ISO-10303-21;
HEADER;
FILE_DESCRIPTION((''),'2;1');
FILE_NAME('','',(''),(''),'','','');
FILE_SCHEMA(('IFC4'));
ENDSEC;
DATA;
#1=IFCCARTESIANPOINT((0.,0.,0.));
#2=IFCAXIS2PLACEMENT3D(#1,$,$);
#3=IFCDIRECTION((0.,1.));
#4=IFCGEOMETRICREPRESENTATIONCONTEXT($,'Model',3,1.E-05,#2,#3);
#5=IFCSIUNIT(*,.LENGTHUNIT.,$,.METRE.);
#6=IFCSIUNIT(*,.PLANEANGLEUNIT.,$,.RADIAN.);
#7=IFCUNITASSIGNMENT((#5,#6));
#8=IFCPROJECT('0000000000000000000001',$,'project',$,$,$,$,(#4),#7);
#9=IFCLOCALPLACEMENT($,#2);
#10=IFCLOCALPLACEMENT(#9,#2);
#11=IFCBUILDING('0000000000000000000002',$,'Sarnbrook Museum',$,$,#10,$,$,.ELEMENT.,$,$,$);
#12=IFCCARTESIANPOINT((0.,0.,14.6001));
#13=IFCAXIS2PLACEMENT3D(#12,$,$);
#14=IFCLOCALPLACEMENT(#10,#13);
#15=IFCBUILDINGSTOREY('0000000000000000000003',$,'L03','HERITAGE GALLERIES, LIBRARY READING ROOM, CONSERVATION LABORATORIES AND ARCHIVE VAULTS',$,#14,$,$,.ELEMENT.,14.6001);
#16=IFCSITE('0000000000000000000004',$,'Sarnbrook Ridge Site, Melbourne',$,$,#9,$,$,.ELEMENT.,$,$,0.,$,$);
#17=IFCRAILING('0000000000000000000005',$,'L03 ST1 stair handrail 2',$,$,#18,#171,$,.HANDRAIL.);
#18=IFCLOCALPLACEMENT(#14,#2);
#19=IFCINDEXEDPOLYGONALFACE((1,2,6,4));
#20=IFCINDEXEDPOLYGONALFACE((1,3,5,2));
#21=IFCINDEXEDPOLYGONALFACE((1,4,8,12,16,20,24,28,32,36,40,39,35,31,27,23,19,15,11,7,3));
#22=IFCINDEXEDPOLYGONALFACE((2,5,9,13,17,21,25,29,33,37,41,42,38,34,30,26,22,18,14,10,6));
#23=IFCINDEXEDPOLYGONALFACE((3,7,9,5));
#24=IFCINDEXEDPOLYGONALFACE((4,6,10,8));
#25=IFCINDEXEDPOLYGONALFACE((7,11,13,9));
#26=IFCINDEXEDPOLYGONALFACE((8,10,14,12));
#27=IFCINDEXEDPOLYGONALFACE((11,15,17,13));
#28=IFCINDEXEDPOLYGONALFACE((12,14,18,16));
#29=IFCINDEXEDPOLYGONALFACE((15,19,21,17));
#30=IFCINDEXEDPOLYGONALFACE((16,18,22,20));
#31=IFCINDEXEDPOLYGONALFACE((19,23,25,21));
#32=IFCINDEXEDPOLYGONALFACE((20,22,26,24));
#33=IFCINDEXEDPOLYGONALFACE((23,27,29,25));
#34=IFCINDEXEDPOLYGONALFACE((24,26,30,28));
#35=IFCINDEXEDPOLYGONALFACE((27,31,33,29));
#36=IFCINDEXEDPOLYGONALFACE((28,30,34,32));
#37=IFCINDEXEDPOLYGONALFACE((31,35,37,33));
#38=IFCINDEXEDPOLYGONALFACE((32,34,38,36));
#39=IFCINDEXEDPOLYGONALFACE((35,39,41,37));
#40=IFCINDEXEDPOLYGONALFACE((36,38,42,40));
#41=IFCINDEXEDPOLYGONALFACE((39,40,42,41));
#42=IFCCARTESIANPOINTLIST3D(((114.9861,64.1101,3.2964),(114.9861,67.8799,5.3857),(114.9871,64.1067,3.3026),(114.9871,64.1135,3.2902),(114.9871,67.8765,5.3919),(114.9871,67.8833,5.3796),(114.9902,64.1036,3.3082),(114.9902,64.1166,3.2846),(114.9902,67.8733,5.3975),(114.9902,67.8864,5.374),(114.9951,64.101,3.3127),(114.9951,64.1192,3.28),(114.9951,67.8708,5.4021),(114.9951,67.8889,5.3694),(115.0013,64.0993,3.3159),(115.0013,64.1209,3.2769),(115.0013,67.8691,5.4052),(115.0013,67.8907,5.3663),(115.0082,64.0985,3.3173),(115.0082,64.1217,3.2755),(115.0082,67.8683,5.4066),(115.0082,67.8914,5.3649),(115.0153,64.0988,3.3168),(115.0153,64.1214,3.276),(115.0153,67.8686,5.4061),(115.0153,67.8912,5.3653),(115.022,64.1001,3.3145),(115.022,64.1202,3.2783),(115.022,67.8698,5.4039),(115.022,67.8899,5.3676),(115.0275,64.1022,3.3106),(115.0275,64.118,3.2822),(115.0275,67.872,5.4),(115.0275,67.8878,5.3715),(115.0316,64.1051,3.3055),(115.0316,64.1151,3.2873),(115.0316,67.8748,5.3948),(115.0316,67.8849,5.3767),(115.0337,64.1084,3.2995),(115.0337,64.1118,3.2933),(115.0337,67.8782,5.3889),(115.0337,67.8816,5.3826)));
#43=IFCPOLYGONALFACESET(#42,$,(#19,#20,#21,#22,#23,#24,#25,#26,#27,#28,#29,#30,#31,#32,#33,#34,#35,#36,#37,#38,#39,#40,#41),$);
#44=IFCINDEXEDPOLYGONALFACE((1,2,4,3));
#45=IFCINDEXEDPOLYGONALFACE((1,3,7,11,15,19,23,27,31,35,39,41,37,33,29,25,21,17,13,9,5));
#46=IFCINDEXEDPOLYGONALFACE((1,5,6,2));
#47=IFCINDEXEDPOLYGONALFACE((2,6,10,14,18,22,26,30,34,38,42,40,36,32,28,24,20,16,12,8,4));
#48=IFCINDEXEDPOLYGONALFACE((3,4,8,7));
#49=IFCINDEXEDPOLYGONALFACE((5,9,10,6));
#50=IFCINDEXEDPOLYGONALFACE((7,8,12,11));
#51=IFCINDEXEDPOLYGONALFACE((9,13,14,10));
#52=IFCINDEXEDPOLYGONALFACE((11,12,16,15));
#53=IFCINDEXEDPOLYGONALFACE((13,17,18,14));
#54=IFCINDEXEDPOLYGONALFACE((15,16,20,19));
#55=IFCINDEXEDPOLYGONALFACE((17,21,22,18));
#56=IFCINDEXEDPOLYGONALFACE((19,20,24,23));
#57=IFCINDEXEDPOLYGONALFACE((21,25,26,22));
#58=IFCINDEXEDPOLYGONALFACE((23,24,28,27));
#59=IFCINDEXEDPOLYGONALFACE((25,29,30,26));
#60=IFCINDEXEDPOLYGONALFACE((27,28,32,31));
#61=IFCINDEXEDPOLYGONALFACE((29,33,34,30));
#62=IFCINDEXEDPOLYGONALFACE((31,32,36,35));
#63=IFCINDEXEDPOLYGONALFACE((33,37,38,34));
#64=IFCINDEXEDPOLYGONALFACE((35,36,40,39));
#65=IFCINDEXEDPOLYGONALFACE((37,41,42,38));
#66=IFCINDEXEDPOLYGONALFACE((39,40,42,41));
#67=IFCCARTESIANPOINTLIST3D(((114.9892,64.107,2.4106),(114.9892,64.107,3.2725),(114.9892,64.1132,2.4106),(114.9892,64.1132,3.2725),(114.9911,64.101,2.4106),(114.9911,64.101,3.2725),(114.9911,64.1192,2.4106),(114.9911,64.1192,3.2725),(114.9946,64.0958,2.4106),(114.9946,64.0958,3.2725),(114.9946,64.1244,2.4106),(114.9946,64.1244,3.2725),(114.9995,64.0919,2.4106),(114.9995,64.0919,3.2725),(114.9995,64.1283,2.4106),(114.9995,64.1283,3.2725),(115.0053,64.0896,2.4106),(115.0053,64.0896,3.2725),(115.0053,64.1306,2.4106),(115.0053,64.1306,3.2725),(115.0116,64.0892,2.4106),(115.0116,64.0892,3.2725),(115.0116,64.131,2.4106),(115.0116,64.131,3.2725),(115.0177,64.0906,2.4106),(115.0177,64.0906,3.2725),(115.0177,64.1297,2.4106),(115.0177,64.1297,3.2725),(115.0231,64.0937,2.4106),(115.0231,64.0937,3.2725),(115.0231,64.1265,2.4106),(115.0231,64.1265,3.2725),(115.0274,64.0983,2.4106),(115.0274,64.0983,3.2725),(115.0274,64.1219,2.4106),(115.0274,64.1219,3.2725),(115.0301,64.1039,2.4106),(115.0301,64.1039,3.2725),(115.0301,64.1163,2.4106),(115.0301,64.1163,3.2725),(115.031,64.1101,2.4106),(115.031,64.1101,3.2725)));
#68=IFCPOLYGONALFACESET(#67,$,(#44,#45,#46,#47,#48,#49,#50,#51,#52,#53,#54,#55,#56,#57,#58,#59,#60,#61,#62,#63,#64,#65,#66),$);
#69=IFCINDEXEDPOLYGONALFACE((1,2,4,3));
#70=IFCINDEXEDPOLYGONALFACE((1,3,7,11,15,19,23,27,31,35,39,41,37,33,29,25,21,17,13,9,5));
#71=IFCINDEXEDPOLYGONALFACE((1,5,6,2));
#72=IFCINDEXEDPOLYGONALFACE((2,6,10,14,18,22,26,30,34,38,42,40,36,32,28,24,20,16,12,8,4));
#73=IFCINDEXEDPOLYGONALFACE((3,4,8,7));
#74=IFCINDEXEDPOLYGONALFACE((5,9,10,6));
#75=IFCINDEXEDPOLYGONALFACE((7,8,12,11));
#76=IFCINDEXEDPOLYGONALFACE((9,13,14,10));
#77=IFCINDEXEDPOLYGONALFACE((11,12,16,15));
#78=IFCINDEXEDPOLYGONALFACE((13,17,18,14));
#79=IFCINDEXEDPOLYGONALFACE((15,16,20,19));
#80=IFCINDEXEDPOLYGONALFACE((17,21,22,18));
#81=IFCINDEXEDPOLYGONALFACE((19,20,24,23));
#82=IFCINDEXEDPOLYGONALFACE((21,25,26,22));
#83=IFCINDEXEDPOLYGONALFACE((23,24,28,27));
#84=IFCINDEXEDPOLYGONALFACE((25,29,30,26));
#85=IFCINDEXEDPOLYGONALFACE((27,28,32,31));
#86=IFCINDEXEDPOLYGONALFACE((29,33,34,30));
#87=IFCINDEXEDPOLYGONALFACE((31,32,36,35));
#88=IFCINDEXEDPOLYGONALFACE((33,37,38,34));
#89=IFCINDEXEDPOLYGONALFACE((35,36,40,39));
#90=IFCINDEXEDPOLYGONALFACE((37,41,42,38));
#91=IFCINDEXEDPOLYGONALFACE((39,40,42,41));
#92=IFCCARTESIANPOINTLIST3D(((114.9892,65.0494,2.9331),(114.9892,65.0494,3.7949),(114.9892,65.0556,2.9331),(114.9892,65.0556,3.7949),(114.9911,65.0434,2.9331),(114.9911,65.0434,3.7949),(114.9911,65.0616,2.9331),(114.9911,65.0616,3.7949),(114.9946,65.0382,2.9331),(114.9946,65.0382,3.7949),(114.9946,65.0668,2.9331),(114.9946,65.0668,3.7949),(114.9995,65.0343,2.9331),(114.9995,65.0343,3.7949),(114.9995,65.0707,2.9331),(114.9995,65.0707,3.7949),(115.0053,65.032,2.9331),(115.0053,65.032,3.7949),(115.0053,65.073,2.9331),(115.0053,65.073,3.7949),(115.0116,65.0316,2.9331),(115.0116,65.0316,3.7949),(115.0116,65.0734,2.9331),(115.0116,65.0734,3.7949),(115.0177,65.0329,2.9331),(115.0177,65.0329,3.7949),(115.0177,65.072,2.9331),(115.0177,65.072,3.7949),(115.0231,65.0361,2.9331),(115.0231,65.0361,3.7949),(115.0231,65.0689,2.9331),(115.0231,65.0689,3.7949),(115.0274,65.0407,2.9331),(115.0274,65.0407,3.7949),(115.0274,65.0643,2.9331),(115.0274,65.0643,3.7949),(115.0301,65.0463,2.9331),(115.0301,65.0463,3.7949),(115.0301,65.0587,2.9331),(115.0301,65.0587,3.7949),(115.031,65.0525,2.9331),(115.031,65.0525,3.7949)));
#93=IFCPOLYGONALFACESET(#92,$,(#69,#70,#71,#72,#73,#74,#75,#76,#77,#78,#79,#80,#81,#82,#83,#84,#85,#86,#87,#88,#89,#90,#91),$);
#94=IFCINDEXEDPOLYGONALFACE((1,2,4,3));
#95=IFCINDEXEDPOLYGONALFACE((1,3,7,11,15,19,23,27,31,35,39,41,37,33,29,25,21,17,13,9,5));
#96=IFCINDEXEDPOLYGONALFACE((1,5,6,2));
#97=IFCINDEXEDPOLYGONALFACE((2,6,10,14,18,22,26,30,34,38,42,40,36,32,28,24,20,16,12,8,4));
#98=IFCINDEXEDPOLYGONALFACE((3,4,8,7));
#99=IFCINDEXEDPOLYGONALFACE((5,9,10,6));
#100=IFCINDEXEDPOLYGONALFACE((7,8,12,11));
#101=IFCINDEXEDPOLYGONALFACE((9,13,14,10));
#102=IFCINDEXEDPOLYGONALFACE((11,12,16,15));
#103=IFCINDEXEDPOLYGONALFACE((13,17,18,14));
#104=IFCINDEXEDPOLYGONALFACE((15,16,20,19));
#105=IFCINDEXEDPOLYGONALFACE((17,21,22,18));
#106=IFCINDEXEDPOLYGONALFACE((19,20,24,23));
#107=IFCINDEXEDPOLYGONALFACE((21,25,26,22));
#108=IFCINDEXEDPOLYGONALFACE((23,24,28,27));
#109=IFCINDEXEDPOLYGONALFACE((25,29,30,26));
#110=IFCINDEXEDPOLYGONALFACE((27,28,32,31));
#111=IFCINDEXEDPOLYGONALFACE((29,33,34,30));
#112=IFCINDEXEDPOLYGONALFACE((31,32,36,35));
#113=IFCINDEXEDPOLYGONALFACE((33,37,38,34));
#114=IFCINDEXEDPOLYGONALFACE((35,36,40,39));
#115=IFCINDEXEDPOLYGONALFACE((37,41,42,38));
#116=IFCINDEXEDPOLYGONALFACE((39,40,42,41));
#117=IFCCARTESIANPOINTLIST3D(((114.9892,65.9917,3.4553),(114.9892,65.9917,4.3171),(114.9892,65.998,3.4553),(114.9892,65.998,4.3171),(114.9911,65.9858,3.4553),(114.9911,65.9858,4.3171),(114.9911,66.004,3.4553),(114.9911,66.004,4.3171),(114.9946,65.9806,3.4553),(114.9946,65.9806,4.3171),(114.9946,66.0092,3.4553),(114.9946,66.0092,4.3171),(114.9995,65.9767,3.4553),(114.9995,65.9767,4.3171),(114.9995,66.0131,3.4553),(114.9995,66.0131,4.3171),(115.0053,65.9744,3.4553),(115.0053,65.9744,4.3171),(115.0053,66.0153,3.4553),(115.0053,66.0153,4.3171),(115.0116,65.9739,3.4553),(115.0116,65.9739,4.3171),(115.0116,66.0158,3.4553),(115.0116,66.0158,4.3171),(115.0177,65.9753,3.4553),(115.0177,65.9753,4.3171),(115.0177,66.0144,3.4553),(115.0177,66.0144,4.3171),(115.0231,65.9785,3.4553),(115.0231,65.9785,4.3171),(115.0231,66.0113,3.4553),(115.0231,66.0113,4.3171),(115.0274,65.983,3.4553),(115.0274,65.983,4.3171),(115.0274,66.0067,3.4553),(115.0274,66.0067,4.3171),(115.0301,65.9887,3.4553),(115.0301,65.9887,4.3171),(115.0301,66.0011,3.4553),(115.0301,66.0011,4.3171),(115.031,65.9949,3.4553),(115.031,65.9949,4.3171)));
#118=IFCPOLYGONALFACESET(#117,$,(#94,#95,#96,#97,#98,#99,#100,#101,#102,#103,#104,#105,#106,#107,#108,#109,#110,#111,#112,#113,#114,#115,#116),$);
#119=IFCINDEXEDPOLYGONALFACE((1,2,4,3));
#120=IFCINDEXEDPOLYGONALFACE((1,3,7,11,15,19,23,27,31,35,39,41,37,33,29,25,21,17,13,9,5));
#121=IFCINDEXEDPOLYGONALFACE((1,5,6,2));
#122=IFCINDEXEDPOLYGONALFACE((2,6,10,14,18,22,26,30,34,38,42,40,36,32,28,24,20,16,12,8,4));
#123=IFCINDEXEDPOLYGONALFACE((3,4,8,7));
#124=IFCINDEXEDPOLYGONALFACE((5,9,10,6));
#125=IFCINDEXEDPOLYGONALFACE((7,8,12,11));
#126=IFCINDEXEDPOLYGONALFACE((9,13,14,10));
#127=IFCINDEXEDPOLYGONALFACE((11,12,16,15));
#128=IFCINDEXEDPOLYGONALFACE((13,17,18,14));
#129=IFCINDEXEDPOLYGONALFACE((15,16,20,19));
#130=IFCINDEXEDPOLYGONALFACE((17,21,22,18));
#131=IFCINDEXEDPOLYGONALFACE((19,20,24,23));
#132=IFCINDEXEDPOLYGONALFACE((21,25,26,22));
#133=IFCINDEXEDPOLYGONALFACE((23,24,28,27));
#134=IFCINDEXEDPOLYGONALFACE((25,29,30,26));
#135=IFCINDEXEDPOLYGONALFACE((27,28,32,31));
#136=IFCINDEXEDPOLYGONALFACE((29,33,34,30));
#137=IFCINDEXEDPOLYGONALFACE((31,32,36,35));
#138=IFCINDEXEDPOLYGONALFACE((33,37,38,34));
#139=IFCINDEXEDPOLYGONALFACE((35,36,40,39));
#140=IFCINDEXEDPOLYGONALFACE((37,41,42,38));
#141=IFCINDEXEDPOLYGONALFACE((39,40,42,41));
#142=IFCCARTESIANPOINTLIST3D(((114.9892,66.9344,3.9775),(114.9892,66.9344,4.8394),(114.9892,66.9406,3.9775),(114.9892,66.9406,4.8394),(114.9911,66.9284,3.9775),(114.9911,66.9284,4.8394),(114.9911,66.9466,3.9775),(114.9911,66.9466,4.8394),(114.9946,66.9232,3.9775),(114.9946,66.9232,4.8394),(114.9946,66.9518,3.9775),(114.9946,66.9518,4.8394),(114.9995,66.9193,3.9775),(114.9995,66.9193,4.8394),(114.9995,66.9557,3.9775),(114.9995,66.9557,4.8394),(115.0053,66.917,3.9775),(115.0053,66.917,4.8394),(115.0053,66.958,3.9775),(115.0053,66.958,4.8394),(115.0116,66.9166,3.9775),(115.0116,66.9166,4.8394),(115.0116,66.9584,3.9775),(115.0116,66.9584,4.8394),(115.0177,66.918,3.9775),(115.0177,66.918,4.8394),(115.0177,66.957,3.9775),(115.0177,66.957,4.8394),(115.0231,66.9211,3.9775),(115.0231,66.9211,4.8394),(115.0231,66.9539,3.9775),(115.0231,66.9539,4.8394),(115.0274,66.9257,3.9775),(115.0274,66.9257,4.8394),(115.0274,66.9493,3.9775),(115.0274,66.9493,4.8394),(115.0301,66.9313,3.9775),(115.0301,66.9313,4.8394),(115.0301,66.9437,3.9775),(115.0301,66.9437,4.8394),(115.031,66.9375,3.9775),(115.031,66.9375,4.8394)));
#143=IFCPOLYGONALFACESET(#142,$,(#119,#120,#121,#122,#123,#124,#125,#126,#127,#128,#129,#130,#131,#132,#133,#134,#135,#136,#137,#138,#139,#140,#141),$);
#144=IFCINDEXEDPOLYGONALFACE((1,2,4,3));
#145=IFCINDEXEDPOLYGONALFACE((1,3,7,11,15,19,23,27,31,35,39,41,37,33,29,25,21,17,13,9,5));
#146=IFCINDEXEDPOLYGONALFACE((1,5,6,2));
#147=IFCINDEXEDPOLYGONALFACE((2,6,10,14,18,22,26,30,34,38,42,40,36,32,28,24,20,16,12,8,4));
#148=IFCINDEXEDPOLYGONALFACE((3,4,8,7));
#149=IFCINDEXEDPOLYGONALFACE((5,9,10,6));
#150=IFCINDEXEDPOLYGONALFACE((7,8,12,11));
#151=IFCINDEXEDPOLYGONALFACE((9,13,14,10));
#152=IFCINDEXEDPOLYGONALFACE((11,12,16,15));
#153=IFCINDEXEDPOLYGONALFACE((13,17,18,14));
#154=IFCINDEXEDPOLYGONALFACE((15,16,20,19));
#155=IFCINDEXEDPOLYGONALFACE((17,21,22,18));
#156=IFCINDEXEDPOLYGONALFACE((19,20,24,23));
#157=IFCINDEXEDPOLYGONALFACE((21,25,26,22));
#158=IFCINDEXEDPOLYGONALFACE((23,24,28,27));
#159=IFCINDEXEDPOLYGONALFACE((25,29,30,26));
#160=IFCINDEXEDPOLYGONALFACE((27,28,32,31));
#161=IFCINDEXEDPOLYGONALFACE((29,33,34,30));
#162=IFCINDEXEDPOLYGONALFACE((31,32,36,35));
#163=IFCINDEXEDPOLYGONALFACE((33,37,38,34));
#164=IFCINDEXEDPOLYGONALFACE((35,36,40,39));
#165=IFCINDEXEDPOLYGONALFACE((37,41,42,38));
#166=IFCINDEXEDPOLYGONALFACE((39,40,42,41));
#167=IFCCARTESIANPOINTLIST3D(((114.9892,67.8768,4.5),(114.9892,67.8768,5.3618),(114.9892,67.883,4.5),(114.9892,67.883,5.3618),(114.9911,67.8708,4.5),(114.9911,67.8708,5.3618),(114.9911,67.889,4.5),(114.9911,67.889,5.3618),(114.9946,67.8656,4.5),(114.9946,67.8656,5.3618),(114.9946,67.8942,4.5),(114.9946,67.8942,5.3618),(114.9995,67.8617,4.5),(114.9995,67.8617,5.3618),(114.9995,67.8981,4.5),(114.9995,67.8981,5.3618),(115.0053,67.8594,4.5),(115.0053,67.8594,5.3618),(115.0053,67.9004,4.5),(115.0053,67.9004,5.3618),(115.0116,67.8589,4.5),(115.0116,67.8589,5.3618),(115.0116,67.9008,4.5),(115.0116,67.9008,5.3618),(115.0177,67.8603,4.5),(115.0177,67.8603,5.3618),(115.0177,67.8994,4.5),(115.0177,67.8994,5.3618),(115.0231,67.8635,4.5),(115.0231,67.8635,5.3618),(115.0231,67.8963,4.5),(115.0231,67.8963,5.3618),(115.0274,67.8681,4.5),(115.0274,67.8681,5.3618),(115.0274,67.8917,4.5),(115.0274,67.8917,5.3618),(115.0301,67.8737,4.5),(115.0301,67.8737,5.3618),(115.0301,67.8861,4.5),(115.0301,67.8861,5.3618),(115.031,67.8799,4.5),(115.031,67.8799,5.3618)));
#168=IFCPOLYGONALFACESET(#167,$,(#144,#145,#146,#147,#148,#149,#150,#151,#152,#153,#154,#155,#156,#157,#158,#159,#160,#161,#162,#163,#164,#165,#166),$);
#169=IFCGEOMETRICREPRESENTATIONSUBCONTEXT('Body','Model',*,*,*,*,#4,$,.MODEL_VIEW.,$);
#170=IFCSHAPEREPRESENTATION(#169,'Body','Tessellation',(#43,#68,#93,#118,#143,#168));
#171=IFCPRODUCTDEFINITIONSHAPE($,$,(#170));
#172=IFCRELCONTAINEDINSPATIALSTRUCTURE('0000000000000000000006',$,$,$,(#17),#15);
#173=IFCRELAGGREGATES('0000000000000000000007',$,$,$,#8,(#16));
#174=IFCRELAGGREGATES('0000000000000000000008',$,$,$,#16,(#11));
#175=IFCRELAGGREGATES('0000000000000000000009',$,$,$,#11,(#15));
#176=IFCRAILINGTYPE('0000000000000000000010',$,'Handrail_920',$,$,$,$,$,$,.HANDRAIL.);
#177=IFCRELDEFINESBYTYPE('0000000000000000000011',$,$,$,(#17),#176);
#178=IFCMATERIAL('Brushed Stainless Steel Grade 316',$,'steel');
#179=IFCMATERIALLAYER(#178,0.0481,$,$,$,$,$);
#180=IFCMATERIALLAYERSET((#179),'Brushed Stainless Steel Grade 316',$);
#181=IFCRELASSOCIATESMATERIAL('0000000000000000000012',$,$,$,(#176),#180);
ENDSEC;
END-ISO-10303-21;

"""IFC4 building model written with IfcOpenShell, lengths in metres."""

from ifc_helpers import new_model, si_unit, direction, frame, origin, origin_2d, place, context, subcontext, project, spatial, circle, extrude, material, layer, layer_set, type_object, element, save


model = new_model("IFC4")

# Units and contexts
model_context = context("Model", 3, precision=1e-05, world=origin(), true_north=direction((0.0, 1.0)))
body_context = subcontext(model_context, "Body", "Model", "MODEL_VIEW")
ifc_project = project(units=[si_unit("LENGTHUNIT", "METRE"), si_unit("PLANEANGLEUNIT", "RADIAN")], contexts=[model_context])

# Site, building, storey
site_placement = place(None, origin())
site = spatial("IfcSite", under=ifc_project, at=site_placement, Name="Sarnbrook Ridge Site, Melbourne", CompositionType="ELEMENT", RefElevation=0.0)
building_placement = place(site_placement, origin())
building = spatial("IfcBuilding", under=site, at=building_placement, Name="Sarnbrook Museum", CompositionType="ELEMENT")
storey_placement = place(building_placement, frame((0.0, 0.0, 14.6001)))
storey = spatial("IfcBuildingStorey", under=building, at=storey_placement, Name="L03", Description="HERITAGE GALLERIES, LIBRARY READING ROOM, CONSERVATION LABORATORIES AND ARCHIVE VAULTS", CompositionType="ELEMENT", Elevation=14.6001)

# Railing
ifc_material_1 = material(Name="Brushed Stainless Steel Grade 316", Category="steel")
ifc_layer_1 = layer(ifc_material_1, 0.0481)
ifc_layer_set_1 = layer_set([ifc_layer_1], Name="Brushed Stainless Steel Grade 316")
railing_type_1 = type_object("IfcRailingType", Name="Handrail_920", PredefinedType="HANDRAIL", material=ifc_layer_set_1)
railing_1_placement = place(storey_placement, frame((115.01, 64.1101, 2.4106)))
element("IfcRailing", 1, at=railing_1_placement, inside=storey, type_object=railing_type_1, Name="L03 ST1 stair handrail 2", PredefinedType="HANDRAIL", context=body_context, shape_type="SweptSolid", body=[
    extrude(circle(Radius=0.0239, at=origin_2d()), frame((0.0, 0.0, 0.8857), z_axis=(0.0, 0.874646, 0.484763), x_axis=(-1.0, 0.0, 0.0)), (0.0, 0.0, 1.0), 4.3101),
    extrude(circle(Radius=0.021, at=origin_2d()), origin(), (0.0, 0.0, 1.0), 0.8618),
    extrude(circle(Radius=0.021, at=origin_2d()), frame((0.0, 0.9424, 0.5225)), (0.0, 0.0, 1.0), 0.8618),
    extrude(circle(Radius=0.021, at=origin_2d()), frame((0.0, 1.8848, 1.0447)), (0.0, 0.0, 1.0), 0.8618),
    extrude(circle(Radius=0.021, at=origin_2d()), frame((0.0, 2.8274, 1.5669)), (0.0, 0.0, 1.0), 0.8618),
    extrude(circle(Radius=0.021, at=origin_2d()), frame((0.0, 3.7698, 2.0894)), (0.0, 0.0, 1.0), 0.8618),
])

save(model, "model.ifc")
